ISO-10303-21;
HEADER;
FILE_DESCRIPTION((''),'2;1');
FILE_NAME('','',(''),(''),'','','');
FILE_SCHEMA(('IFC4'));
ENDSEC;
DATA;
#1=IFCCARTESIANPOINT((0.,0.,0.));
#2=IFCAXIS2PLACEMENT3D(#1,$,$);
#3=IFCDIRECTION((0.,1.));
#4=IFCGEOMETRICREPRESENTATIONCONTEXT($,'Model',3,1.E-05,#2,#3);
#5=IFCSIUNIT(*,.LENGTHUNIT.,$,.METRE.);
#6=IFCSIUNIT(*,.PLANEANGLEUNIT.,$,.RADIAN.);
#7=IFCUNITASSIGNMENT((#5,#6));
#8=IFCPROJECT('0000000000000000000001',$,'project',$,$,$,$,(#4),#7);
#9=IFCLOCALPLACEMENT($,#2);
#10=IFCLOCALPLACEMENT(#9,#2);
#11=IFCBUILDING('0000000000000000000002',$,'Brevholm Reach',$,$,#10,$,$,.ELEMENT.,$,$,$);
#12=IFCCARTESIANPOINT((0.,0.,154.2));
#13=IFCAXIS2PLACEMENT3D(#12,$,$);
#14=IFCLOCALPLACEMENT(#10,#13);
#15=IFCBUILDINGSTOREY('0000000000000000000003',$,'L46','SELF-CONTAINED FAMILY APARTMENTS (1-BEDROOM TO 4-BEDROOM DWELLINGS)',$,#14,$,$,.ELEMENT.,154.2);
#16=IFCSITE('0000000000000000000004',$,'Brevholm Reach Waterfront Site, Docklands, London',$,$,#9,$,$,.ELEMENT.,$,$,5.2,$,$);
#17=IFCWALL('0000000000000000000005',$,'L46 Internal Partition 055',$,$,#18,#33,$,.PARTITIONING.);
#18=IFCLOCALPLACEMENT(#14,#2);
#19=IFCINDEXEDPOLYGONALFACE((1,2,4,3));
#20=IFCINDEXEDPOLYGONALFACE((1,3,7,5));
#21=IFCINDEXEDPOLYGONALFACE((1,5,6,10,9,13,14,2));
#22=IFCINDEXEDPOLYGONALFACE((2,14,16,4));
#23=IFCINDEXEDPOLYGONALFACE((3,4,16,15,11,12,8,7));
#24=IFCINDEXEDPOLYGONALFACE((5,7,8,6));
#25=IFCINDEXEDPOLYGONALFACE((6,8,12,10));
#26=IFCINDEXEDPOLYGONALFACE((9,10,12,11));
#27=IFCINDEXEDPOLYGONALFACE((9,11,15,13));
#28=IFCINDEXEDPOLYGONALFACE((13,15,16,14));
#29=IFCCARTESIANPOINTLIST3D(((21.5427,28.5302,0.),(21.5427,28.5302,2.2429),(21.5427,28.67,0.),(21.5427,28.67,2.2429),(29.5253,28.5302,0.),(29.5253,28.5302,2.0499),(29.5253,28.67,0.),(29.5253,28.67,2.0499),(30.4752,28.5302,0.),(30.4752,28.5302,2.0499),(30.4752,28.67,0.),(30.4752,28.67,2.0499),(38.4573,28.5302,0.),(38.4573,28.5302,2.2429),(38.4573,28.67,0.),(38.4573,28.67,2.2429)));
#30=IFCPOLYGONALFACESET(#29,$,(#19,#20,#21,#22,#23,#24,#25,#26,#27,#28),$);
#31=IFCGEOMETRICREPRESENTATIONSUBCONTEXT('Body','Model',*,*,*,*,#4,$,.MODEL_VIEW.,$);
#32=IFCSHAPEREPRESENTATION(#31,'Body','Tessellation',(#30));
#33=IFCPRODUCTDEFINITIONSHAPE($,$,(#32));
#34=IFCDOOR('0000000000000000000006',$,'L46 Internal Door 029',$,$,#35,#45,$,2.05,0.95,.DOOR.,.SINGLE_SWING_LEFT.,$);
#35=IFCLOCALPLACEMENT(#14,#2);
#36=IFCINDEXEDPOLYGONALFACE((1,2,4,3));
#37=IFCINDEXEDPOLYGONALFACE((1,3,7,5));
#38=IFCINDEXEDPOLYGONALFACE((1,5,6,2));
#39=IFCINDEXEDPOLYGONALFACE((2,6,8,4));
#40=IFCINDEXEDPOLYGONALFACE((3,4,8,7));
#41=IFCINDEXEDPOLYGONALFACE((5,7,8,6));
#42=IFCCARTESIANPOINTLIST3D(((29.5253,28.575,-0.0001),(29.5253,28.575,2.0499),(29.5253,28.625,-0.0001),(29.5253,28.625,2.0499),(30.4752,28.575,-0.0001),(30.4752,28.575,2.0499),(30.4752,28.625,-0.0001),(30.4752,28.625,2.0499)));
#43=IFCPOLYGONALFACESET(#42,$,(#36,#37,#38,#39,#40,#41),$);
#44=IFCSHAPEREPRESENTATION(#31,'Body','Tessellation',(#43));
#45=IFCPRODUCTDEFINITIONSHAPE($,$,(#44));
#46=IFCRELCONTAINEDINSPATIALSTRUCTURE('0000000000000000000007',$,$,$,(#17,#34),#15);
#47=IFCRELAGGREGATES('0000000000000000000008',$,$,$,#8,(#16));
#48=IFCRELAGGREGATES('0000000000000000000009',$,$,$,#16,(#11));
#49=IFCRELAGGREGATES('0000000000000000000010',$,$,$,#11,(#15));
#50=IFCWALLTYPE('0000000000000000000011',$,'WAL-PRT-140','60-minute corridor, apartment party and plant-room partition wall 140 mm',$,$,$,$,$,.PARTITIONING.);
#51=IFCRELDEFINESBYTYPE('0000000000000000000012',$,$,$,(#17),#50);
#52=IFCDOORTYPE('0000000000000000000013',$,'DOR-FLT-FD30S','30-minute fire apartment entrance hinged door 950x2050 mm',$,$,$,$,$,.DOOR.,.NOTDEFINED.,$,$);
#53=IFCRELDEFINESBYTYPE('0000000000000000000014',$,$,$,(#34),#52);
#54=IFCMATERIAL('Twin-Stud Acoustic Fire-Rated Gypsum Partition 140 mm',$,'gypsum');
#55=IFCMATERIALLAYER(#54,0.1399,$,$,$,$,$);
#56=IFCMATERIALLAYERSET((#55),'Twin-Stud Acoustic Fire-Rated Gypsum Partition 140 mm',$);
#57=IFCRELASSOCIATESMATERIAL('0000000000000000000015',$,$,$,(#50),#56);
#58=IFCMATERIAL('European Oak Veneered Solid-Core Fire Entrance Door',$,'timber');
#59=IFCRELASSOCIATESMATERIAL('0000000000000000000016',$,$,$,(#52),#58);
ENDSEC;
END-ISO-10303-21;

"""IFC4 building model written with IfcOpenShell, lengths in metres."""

from ifc_helpers import new_model, si_unit, direction, frame, frame_2d, origin, place, context, subcontext, project, spatial, rectangle, extrude, material, layer, layer_set, type_object, element, fill, save


model = new_model("IFC4")

# Units and contexts
model_context = context("Model", 3, precision=1e-05, world=origin(), true_north=direction((0.0, 1.0)))
body_context = subcontext(model_context, "Body", "Model", "MODEL_VIEW")
ifc_project = project(units=[si_unit("LENGTHUNIT", "METRE"), si_unit("PLANEANGLEUNIT", "RADIAN")], contexts=[model_context])

# Site, building, storey
site_placement = place(None, origin())
site = spatial("IfcSite", under=ifc_project, at=site_placement, Name="Brevholm Reach Waterfront Site, Docklands, London", CompositionType="ELEMENT", RefElevation=5.2)
building_placement = place(site_placement, origin())
building = spatial("IfcBuilding", under=site, at=building_placement, Name="Brevholm Reach", CompositionType="ELEMENT")
storey_placement = place(building_placement, frame((0.0, 0.0, 154.2)))
storey = spatial("IfcBuildingStorey", under=building, at=storey_placement, Name="L46", Description="SELF-CONTAINED FAMILY APARTMENTS (1-BEDROOM TO 4-BEDROOM DWELLINGS)", CompositionType="ELEMENT", Elevation=154.2)

# Wall, opening, door
ifc_material_1 = material(Name="Twin-Stud Acoustic Fire-Rated Gypsum Partition 140 mm", Category="gypsum")
ifc_layer_1 = layer(ifc_material_1, 0.1399)
ifc_layer_set_1 = layer_set([ifc_layer_1], Name="Twin-Stud Acoustic Fire-Rated Gypsum Partition 140 mm")
wall_type_1 = type_object("IfcWallType", Name="WAL-PRT-140", Description="60-minute corridor, apartment party and plant-room partition wall 140 mm", PredefinedType="PARTITIONING", material=ifc_layer_set_1)
wall_1_placement = place(storey_placement, frame((21.5427, 28.6001, 0.0), z_axis=(0.0, 0.0, 1.0), x_axis=(1.0, 0.0, 0.0)))
wall_1 = element("IfcWall", 1, at=wall_1_placement, inside=storey, type_object=wall_type_1, Name="L46 Internal Partition 055", PredefinedType="PARTITIONING", context=body_context, shape_type="SweptSolid", body=[
    extrude(rectangle(XDim=16.9146, YDim=0.1399, at=frame_2d((8.4573, 0.0))), origin(), (0.0, 0.0, 1.0), 2.2429),
])
opening_1_placement = place(wall_1_placement, frame((7.9824, 0.0, 0.0)))
opening_1 = element("IfcOpeningElement", 2, at=opening_1_placement, cuts=wall_1, PredefinedType="OPENING", context=body_context, shape_type="SweptSolid", body=[
    extrude(rectangle(XDim=0.95, YDim=2.05, at=frame_2d((0.4751, 1.0249))), frame((0.0, 0.0798, 0.0), z_axis=(0.0, -1.0, 0.0), x_axis=(1.0, 0.0, 0.0)), (0.0, 0.0, 1.0), 0.1599),
])
ifc_material_2 = material(Name="European Oak Veneered Solid-Core Fire Entrance Door", Category="timber")
door_type = type_object("IfcDoorType", Name="DOR-FLT-FD30S", Description="30-minute fire apartment entrance hinged door 950x2050 mm", OperationType="NOTDEFINED", PredefinedType="DOOR", material=ifc_material_2)
door_placement = place(opening_1_placement, origin())
door = element("IfcDoor", 3, at=door_placement, inside=storey, type_object=door_type, Name="L46 Internal Door 029", OperationType="SINGLE_SWING_LEFT", OverallHeight=2.05, OverallWidth=0.95, PredefinedType="DOOR", context=body_context, shape_type="SweptSolid", body=[
    extrude(rectangle(XDim=0.95, YDim=2.05, at=frame_2d((0.4751, 1.0249))), frame((0.0, 0.0249, 0.0), z_axis=(0.0, -1.0, 0.0), x_axis=(1.0, 0.0, 0.0)), (0.0, 0.0, 1.0), 0.05),
])
fill(opening_1, door)

save(model, "model.ifc")
